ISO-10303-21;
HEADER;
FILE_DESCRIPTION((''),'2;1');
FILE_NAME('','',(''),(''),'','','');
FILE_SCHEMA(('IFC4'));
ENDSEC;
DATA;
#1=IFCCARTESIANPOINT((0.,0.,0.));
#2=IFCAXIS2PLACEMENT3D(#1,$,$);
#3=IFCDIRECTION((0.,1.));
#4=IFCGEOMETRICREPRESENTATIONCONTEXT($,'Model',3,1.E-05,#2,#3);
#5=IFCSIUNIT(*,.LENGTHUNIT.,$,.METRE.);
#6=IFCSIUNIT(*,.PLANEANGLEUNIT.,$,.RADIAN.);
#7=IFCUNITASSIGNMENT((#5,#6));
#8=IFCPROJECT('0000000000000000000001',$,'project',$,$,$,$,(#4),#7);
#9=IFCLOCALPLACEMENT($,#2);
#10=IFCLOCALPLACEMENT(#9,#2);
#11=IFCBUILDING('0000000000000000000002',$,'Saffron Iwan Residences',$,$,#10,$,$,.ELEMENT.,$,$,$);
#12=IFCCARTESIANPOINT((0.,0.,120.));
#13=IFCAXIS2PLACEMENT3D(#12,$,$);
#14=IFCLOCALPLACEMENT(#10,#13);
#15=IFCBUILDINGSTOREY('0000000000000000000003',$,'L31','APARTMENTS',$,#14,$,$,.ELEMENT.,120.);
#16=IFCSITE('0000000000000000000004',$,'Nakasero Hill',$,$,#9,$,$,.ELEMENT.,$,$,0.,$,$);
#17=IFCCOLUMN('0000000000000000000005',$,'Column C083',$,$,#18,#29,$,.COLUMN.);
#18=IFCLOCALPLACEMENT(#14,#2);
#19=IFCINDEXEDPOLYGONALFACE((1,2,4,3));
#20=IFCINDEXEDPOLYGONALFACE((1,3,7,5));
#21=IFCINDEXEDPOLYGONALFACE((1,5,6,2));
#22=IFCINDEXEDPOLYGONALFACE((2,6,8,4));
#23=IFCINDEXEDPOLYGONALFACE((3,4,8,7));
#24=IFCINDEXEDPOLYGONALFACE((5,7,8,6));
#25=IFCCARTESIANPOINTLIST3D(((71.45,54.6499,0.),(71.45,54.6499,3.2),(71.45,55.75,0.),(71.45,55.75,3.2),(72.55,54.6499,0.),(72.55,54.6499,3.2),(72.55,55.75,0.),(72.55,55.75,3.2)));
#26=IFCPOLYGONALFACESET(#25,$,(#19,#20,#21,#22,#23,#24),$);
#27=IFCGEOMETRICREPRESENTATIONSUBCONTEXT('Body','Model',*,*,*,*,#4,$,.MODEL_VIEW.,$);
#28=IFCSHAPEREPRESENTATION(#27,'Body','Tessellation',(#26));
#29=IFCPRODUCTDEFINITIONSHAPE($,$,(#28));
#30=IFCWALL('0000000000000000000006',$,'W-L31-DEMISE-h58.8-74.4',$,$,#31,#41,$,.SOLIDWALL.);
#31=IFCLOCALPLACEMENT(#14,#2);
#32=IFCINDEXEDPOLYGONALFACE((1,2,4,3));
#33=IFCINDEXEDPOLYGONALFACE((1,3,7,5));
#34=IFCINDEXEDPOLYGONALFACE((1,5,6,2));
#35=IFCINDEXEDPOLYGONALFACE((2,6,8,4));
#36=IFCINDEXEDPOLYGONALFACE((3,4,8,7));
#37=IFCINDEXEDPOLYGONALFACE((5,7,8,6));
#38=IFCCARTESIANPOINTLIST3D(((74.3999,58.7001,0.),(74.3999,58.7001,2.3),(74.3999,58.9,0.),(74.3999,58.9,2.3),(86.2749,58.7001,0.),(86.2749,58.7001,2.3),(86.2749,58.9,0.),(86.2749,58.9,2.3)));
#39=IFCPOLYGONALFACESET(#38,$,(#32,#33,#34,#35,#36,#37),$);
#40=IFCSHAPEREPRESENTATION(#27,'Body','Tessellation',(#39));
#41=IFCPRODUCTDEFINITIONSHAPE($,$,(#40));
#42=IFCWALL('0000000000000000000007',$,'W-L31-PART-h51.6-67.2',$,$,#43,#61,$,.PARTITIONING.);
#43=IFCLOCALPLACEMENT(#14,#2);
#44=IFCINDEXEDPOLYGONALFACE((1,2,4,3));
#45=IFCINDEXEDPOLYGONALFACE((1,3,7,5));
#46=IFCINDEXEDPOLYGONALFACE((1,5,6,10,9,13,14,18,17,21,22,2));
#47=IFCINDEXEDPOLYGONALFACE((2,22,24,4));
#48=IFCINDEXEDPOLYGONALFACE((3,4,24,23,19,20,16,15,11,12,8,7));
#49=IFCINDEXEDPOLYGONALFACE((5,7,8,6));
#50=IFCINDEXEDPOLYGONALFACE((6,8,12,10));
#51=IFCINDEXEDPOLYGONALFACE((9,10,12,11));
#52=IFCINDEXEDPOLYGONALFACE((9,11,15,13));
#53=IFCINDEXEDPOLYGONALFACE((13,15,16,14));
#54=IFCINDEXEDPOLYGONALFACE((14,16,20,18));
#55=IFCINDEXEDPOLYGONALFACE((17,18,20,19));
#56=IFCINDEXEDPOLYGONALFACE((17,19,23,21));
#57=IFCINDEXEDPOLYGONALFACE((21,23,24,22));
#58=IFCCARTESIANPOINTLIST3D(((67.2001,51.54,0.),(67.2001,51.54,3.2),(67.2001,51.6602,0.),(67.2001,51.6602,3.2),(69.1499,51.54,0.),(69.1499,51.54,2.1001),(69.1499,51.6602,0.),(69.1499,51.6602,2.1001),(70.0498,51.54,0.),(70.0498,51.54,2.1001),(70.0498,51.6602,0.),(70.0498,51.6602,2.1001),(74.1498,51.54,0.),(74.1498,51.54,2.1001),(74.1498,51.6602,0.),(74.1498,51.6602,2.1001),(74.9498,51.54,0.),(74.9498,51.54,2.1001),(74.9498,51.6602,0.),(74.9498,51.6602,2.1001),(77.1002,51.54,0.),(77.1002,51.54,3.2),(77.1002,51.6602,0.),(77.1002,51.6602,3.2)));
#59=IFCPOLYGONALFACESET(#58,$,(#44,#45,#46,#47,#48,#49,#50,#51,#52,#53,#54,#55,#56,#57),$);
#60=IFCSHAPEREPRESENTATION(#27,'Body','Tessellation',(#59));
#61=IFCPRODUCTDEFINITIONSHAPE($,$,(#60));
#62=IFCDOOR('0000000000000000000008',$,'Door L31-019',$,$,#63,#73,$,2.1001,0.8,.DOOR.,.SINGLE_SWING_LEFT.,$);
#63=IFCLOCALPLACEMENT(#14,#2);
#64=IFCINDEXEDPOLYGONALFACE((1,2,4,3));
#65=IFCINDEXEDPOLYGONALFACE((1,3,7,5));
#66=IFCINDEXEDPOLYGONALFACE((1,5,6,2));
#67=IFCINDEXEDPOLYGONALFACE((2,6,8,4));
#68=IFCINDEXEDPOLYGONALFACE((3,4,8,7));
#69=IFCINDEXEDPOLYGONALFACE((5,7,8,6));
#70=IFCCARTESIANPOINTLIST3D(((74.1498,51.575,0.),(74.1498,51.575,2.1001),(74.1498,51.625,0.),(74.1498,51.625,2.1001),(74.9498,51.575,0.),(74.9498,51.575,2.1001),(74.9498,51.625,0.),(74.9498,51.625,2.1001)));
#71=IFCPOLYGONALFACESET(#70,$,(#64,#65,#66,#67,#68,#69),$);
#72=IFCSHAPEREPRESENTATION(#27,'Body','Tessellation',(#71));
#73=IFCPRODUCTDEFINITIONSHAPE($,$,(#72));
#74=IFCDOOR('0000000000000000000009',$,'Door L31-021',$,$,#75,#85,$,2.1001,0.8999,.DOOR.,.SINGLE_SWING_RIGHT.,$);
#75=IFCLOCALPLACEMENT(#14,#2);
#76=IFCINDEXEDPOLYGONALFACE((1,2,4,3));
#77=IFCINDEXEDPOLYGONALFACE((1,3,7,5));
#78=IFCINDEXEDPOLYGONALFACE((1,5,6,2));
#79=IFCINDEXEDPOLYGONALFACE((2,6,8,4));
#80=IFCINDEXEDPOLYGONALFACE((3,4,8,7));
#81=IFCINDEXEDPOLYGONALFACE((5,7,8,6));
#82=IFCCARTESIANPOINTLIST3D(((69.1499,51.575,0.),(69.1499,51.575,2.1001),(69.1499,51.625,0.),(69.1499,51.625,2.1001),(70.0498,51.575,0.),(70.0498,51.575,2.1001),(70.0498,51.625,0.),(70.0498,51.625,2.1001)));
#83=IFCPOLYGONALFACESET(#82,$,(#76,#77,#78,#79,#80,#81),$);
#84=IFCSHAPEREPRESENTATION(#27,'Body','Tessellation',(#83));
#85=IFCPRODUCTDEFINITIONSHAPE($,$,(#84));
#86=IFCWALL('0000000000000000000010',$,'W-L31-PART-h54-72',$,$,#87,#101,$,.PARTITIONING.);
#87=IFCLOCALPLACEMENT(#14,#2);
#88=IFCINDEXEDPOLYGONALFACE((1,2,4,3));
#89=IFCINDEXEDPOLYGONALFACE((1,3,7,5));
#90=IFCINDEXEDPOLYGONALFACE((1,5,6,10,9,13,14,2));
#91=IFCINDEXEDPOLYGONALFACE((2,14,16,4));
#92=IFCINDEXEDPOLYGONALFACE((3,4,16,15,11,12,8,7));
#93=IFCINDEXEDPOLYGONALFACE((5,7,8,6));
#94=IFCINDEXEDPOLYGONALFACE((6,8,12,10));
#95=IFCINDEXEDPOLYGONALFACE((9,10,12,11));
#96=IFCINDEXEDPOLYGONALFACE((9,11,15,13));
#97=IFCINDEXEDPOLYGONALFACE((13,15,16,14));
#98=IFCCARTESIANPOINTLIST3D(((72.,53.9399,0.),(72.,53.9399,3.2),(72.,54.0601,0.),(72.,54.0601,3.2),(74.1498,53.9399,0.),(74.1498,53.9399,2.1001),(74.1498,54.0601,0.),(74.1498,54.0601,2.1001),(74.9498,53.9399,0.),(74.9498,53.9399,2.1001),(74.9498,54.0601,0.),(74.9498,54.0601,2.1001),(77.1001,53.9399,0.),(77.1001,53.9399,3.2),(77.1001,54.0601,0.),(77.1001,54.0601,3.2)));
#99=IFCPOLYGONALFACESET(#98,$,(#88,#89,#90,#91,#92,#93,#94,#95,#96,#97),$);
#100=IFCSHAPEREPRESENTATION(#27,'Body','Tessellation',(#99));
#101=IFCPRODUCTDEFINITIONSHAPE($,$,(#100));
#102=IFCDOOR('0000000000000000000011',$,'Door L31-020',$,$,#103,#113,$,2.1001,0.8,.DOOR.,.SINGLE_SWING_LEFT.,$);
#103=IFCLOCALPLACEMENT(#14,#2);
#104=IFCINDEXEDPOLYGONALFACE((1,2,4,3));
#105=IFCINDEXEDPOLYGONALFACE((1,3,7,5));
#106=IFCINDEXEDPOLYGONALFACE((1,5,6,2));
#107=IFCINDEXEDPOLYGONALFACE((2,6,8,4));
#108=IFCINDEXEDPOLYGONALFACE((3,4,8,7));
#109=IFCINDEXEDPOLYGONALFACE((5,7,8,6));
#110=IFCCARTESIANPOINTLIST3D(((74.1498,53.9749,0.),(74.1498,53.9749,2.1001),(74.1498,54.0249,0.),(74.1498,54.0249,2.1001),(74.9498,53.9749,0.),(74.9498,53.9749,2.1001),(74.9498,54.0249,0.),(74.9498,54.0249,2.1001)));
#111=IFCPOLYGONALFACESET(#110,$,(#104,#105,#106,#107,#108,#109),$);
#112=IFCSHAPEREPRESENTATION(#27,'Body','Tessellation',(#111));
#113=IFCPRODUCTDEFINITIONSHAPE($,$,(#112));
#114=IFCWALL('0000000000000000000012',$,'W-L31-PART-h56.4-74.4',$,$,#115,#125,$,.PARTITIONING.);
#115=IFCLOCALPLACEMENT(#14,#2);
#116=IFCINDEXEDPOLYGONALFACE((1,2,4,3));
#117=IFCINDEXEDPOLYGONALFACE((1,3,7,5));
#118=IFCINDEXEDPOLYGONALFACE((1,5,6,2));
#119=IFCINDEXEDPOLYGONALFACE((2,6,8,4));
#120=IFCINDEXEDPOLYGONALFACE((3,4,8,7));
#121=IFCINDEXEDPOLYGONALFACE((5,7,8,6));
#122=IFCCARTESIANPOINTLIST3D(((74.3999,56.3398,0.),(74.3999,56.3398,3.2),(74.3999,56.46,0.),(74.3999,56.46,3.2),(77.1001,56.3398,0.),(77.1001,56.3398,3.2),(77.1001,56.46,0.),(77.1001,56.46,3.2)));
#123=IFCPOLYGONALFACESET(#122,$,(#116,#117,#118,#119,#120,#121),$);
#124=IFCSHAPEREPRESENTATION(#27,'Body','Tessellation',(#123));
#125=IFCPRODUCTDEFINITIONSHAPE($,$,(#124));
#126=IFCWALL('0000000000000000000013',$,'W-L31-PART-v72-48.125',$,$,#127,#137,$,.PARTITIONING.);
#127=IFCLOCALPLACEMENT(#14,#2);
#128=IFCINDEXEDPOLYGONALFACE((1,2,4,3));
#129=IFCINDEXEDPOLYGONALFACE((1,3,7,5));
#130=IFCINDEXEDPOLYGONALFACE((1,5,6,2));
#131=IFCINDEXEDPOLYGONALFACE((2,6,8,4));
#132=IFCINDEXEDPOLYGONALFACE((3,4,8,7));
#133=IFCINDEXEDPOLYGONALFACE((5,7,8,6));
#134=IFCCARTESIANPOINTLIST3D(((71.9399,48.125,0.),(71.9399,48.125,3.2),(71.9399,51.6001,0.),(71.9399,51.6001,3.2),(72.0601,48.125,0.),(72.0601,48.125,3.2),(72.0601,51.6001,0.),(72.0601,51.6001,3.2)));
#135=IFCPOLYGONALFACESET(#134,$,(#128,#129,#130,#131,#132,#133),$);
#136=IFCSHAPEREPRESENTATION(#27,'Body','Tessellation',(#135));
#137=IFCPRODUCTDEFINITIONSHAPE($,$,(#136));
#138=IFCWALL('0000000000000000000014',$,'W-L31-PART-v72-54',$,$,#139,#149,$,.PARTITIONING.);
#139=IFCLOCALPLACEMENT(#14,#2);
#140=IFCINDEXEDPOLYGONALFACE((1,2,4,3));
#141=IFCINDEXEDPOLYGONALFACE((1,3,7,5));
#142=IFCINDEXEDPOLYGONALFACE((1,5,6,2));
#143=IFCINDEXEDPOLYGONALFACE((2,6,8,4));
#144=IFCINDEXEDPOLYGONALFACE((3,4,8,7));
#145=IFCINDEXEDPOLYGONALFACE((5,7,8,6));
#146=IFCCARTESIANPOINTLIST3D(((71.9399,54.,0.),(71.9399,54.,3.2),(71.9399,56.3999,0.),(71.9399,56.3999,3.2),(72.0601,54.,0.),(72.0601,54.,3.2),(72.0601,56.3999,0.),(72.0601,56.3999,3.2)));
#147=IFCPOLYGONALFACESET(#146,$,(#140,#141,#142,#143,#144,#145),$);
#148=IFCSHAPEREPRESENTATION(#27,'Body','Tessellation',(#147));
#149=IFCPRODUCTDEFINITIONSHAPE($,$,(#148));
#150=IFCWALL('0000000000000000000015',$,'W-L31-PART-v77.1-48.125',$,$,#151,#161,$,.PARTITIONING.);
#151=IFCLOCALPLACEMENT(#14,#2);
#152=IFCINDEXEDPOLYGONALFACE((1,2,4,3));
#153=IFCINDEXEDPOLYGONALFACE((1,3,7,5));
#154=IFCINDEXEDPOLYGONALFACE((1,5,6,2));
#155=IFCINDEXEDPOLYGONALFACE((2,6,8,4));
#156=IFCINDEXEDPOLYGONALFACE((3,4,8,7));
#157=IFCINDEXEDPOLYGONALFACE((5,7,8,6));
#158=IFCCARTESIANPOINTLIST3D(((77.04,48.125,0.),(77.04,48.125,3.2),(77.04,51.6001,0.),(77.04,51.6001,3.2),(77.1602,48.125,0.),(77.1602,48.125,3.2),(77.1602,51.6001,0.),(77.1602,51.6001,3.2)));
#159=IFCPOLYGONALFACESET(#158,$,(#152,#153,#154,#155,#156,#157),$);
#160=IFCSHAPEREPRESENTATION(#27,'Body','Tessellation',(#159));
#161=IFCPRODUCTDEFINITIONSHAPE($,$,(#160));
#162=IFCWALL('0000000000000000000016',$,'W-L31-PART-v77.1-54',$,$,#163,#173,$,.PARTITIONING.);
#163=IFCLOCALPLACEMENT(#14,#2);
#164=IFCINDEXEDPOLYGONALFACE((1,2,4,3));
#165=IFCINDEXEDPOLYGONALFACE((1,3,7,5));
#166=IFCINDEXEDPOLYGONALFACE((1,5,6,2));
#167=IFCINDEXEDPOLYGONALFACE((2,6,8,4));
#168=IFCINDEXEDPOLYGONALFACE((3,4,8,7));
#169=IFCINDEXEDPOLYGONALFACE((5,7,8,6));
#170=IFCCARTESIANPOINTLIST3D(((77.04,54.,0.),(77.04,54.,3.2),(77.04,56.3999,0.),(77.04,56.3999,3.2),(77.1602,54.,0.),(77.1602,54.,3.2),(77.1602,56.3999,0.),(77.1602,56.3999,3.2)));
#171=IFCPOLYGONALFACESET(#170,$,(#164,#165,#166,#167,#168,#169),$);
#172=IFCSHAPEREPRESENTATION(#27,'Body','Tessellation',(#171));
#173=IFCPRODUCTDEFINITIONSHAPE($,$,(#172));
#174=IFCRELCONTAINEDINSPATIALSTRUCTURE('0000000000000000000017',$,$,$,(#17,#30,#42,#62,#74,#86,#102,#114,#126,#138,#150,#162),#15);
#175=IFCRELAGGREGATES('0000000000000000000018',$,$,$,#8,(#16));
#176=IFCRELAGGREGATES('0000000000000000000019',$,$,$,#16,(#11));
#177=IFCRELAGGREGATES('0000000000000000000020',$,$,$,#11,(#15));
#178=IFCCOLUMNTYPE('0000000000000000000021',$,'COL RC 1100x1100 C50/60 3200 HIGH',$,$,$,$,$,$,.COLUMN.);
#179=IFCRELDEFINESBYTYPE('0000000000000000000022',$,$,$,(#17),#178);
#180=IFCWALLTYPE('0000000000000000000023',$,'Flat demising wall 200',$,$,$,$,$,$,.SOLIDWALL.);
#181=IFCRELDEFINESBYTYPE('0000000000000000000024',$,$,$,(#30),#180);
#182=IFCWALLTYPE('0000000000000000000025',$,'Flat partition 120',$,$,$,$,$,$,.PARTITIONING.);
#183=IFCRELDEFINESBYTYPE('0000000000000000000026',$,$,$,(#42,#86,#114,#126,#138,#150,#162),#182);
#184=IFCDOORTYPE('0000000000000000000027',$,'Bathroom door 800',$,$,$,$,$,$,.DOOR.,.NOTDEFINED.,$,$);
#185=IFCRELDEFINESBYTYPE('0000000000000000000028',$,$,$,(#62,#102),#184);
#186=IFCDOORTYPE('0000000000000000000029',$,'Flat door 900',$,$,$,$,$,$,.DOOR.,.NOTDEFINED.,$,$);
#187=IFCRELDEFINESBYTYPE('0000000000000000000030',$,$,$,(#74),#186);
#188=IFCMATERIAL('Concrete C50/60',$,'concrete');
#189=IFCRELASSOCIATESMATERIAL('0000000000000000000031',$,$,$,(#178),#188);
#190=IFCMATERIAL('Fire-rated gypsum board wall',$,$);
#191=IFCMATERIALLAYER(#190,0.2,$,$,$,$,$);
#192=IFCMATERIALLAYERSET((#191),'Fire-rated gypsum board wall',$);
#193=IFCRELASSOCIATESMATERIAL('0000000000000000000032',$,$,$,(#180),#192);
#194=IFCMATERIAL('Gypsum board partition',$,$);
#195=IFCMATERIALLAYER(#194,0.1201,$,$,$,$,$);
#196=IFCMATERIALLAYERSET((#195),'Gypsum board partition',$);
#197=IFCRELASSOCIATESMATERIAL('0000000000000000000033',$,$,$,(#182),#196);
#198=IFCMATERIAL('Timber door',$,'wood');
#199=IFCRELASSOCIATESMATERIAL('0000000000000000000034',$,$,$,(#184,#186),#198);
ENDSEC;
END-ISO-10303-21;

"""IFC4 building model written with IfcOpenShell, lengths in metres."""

from ifc_helpers import new_model, si_unit, direction, frame, frame_2d, origin, origin_2d, place, context, subcontext, project, spatial, rectangle, extrude, source, transform, mapped, material, layer, layer_set, material_profile, profile_set, type_object, element, fill, save


model = new_model("IFC4")

# Units and contexts
model_context = context("Model", 3, precision=1e-05, world=origin(), true_north=direction((0.0, 1.0)))
body_context = subcontext(model_context, "Body", "Model", "MODEL_VIEW")
ifc_project = project(units=[si_unit("LENGTHUNIT", "METRE"), si_unit("PLANEANGLEUNIT", "RADIAN")], contexts=[model_context])

# Site, building, storey
site_placement = place(None, origin())
site = spatial("IfcSite", under=ifc_project, at=site_placement, Name="Nakasero Hill", CompositionType="ELEMENT", RefElevation=0.0)
building_placement = place(site_placement, origin())
building = spatial("IfcBuilding", under=site, at=building_placement, Name="Saffron Iwan Residences", CompositionType="ELEMENT")
storey_placement = place(building_placement, frame((0.0, 0.0, 120.0)))
storey = spatial("IfcBuildingStorey", under=building, at=storey_placement, Name="L31", Description="APARTMENTS", CompositionType="ELEMENT", Elevation=120.0)

# Column
ifc_material_1 = material(Name="Concrete C50/60", Category="concrete")
ifc_material_profile = material_profile(ifc_material_1, rectangle(XDim=1.1001, YDim=1.1001, at=origin_2d()), Name="RC 1100x1100")
ifc_profile_set = profile_set([ifc_material_profile], Name="Concrete C50/60")
column_type = type_object("IfcColumnType", Name="COL RC 1100x1100 C50/60 3200 HIGH", PredefinedType="COLUMN", material=ifc_profile_set)
shared_shape = source(origin(), body_context, "Body", "SweptSolid", [
    extrude(rectangle(XDim=1.1001, YDim=1.1001, at=origin_2d()), origin(), (0.0, 0.0, 1.0), 3.2),
])
column_placement = place(storey_placement, frame((72.0, 55.2, 0.0), z_axis=(0.0, 0.0, 1.0), x_axis=(1.0, 0.0, 0.0)))
element("IfcColumn", 1, at=column_placement, inside=storey, type_object=column_type, Name="Column C083", PredefinedType="COLUMN", context=body_context, shape_type="MappedRepresentation", body=[
    mapped(shared_shape, transform((0.0, 0.0, 0.0))),
])

# Wall
ifc_material_2 = material(Name="Fire-rated gypsum board wall")
ifc_layer_1 = layer(ifc_material_2, 0.2)
ifc_layer_set_1 = layer_set([ifc_layer_1], Name="Fire-rated gypsum board wall")
wall_type_1 = type_object("IfcWallType", Name="Flat demising wall 200", PredefinedType="SOLIDWALL", material=ifc_layer_set_1)
wall_1_placement = place(storey_placement, frame((74.3999, 58.8, 0.0), z_axis=(0.0, 0.0, 1.0), x_axis=(1.0, 0.0, 0.0)))
element("IfcWall", 2, at=wall_1_placement, inside=storey, type_object=wall_type_1, Name="W-L31-DEMISE-h58.8-74.4", PredefinedType="SOLIDWALL", context=body_context, shape_type="SweptSolid", body=[
    extrude(rectangle(XDim=11.875, YDim=0.2, at=frame_2d((5.9375, 0.0))), origin(), (0.0, 0.0, 1.0), 2.3),
])

# Wall, openings, doors
ifc_material_3 = material(Name="Gypsum board partition")
ifc_layer_2 = layer(ifc_material_3, 0.1201)
ifc_layer_set_2 = layer_set([ifc_layer_2], Name="Gypsum board partition")
wall_type_2 = type_object("IfcWallType", Name="Flat partition 120", PredefinedType="PARTITIONING", material=ifc_layer_set_2)
wall_2_placement = place(storey_placement, frame((67.2, 51.6001, 0.0), z_axis=(0.0, 0.0, 1.0), x_axis=(1.0, 0.0, 0.0)))
wall_2 = element("IfcWall", 3, at=wall_2_placement, inside=storey, type_object=wall_type_2, Name="W-L31-PART-h51.6-67.2", PredefinedType="PARTITIONING", context=body_context, shape_type="SweptSolid", body=[
    extrude(rectangle(XDim=9.9001, YDim=0.1201, at=frame_2d((4.9502, 0.0))), origin(), (0.0, 0.0, 1.0), 3.2),
])
opening_1_placement = place(wall_2_placement, frame((6.95, 0.0, 0.0)))
opening_1 = element("IfcOpeningElement", 4, at=opening_1_placement, cuts=wall_2, PredefinedType="OPENING", context=body_context, shape_type="SweptSolid", body=[
    extrude(rectangle(XDim=0.8, YDim=2.1001, at=frame_2d((0.3999, 1.05))), frame((0.0, 0.0701, 0.0), z_axis=(0.0, -1.0, 0.0), x_axis=(1.0, 0.0, 0.0)), (0.0, 0.0, 1.0), 0.1401),
])
opening_2_placement = place(wall_2_placement, frame((1.95, 0.0, 0.0)))
opening_2 = element("IfcOpeningElement", 5, at=opening_2_placement, cuts=wall_2, PredefinedType="OPENING", context=body_context, shape_type="SweptSolid", body=[
    extrude(rectangle(XDim=0.8999, YDim=2.1001, at=frame_2d((0.45, 1.05))), frame((0.0, 0.0701, 0.0), z_axis=(0.0, -1.0, 0.0), x_axis=(1.0, 0.0, 0.0)), (0.0, 0.0, 1.0), 0.1401),
])
ifc_material_4 = material(Name="Timber door", Category="wood")
door_type_1 = type_object("IfcDoorType", Name="Bathroom door 800", OperationType="NOTDEFINED", PredefinedType="DOOR", material=ifc_material_4)
door_1_placement = place(opening_1_placement, origin())
door_1 = element("IfcDoor", 6, at=door_1_placement, inside=storey, type_object=door_type_1, Name="Door L31-019", OperationType="SINGLE_SWING_LEFT", OverallHeight=2.1001, OverallWidth=0.8, PredefinedType="DOOR", context=body_context, shape_type="SweptSolid", body=[
    extrude(rectangle(XDim=0.8, YDim=2.1001, at=frame_2d((0.3999, 1.05))), frame((0.0, 0.0249, 0.0), z_axis=(0.0, -1.0, 0.0), x_axis=(1.0, 0.0, 0.0)), (0.0, 0.0, 1.0), 0.05),
])
fill(opening_1, door_1)
door_type_2 = type_object("IfcDoorType", Name="Flat door 900", OperationType="NOTDEFINED", PredefinedType="DOOR", material=ifc_material_4)
door_2_placement = place(opening_2_placement, origin())
door_2 = element("IfcDoor", 7, at=door_2_placement, inside=storey, type_object=door_type_2, Name="Door L31-021", OperationType="SINGLE_SWING_RIGHT", OverallHeight=2.1001, OverallWidth=0.8999, PredefinedType="DOOR", context=body_context, shape_type="SweptSolid", body=[
    extrude(rectangle(XDim=0.8999, YDim=2.1001, at=frame_2d((0.45, 1.05))), frame((0.0, 0.0249, 0.0), z_axis=(0.0, -1.0, 0.0), x_axis=(1.0, 0.0, 0.0)), (0.0, 0.0, 1.0), 0.05),
])
fill(opening_2, door_2)

# Wall, opening, door
wall_3_placement = place(storey_placement, frame((72.0, 54.0, 0.0), z_axis=(0.0, 0.0, 1.0), x_axis=(1.0, 0.0, 0.0)))
wall_3 = element("IfcWall", 8, at=wall_3_placement, inside=storey, type_object=wall_type_2, Name="W-L31-PART-h54-72", PredefinedType="PARTITIONING", context=body_context, shape_type="SweptSolid", body=[
    extrude(rectangle(XDim=5.1001, YDim=0.1201, at=frame_2d((2.55, 0.0))), origin(), (0.0, 0.0, 1.0), 3.2),
])
opening_3_placement = place(wall_3_placement, frame((2.1499, 0.0, 0.0)))
opening_3 = element("IfcOpeningElement", 9, at=opening_3_placement, cuts=wall_3, PredefinedType="OPENING", context=body_context, shape_type="SweptSolid", body=[
    extrude(rectangle(XDim=0.8, YDim=2.1001, at=frame_2d((0.3999, 1.05))), frame((0.0, 0.0701, 0.0), z_axis=(0.0, -1.0, 0.0), x_axis=(1.0, 0.0, 0.0)), (0.0, 0.0, 1.0), 0.1401),
])
door_3_placement = place(opening_3_placement, origin())
door_3 = element("IfcDoor", 10, at=door_3_placement, inside=storey, type_object=door_type_1, Name="Door L31-020", OperationType="SINGLE_SWING_LEFT", OverallHeight=2.1001, OverallWidth=0.8, PredefinedType="DOOR", context=body_context, shape_type="SweptSolid", body=[
    extrude(rectangle(XDim=0.8, YDim=2.1001, at=frame_2d((0.3999, 1.05))), frame((0.0, 0.0249, 0.0), z_axis=(0.0, -1.0, 0.0), x_axis=(1.0, 0.0, 0.0)), (0.0, 0.0, 1.0), 0.05),
])
fill(opening_3, door_3)

# Walls
wall_4_placement = place(storey_placement, frame((74.3999, 56.3999, 0.0), z_axis=(0.0, 0.0, 1.0), x_axis=(1.0, 0.0, 0.0)))
element("IfcWall", 11, at=wall_4_placement, inside=storey, type_object=wall_type_2, Name="W-L31-PART-h56.4-74.4", PredefinedType="PARTITIONING", context=body_context, shape_type="SweptSolid", body=[
    extrude(rectangle(XDim=2.7002, YDim=0.1201, at=frame_2d((1.3501, 0.0))), origin(), (0.0, 0.0, 1.0), 3.2),
])
wall_5_placement = place(storey_placement, frame((72.0, 48.125, 0.0), z_axis=(0.0, 0.0, 1.0), x_axis=(0.0, 1.0, 0.0)))
element("IfcWall", 12, at=wall_5_placement, inside=storey, type_object=wall_type_2, Name="W-L31-PART-v72-48.125", PredefinedType="PARTITIONING", context=body_context, shape_type="SweptSolid", body=[
    extrude(rectangle(XDim=3.4751, YDim=0.1201, at=frame_2d((1.7375, 0.0))), origin(), (0.0, 0.0, 1.0), 3.2),
])
wall_6_placement = place(storey_placement, frame((72.0, 54.0, 0.0), z_axis=(0.0, 0.0, 1.0), x_axis=(0.0, 1.0, 0.0)))
element("IfcWall", 13, at=wall_6_placement, inside=storey, type_object=wall_type_2, Name="W-L31-PART-v72-54", PredefinedType="PARTITIONING", context=body_context, shape_type="SweptSolid", body=[
    extrude(rectangle(XDim=2.3999, YDim=0.1201, at=frame_2d((1.2, 0.0))), origin(), (0.0, 0.0, 1.0), 3.2),
])
wall_7_placement = place(storey_placement, frame((77.1001, 48.125, 0.0), z_axis=(0.0, 0.0, 1.0), x_axis=(0.0, 1.0, 0.0)))
element("IfcWall", 14, at=wall_7_placement, inside=storey, type_object=wall_type_2, Name="W-L31-PART-v77.1-48.125", PredefinedType="PARTITIONING", context=body_context, shape_type="SweptSolid", body=[
    extrude(rectangle(XDim=3.4751, YDim=0.1201, at=frame_2d((1.7375, 0.0))), origin(), (0.0, 0.0, 1.0), 3.2),
])
wall_8_placement = place(storey_placement, frame((77.1001, 54.0, 0.0), z_axis=(0.0, 0.0, 1.0), x_axis=(0.0, 1.0, 0.0)))
element("IfcWall", 15, at=wall_8_placement, inside=storey, type_object=wall_type_2, Name="W-L31-PART-v77.1-54", PredefinedType="PARTITIONING", context=body_context, shape_type="SweptSolid", body=[
    extrude(rectangle(XDim=2.3999, YDim=0.1201, at=frame_2d((1.2, 0.0))), origin(), (0.0, 0.0, 1.0), 3.2),
])

save(model, "model.ifc")
